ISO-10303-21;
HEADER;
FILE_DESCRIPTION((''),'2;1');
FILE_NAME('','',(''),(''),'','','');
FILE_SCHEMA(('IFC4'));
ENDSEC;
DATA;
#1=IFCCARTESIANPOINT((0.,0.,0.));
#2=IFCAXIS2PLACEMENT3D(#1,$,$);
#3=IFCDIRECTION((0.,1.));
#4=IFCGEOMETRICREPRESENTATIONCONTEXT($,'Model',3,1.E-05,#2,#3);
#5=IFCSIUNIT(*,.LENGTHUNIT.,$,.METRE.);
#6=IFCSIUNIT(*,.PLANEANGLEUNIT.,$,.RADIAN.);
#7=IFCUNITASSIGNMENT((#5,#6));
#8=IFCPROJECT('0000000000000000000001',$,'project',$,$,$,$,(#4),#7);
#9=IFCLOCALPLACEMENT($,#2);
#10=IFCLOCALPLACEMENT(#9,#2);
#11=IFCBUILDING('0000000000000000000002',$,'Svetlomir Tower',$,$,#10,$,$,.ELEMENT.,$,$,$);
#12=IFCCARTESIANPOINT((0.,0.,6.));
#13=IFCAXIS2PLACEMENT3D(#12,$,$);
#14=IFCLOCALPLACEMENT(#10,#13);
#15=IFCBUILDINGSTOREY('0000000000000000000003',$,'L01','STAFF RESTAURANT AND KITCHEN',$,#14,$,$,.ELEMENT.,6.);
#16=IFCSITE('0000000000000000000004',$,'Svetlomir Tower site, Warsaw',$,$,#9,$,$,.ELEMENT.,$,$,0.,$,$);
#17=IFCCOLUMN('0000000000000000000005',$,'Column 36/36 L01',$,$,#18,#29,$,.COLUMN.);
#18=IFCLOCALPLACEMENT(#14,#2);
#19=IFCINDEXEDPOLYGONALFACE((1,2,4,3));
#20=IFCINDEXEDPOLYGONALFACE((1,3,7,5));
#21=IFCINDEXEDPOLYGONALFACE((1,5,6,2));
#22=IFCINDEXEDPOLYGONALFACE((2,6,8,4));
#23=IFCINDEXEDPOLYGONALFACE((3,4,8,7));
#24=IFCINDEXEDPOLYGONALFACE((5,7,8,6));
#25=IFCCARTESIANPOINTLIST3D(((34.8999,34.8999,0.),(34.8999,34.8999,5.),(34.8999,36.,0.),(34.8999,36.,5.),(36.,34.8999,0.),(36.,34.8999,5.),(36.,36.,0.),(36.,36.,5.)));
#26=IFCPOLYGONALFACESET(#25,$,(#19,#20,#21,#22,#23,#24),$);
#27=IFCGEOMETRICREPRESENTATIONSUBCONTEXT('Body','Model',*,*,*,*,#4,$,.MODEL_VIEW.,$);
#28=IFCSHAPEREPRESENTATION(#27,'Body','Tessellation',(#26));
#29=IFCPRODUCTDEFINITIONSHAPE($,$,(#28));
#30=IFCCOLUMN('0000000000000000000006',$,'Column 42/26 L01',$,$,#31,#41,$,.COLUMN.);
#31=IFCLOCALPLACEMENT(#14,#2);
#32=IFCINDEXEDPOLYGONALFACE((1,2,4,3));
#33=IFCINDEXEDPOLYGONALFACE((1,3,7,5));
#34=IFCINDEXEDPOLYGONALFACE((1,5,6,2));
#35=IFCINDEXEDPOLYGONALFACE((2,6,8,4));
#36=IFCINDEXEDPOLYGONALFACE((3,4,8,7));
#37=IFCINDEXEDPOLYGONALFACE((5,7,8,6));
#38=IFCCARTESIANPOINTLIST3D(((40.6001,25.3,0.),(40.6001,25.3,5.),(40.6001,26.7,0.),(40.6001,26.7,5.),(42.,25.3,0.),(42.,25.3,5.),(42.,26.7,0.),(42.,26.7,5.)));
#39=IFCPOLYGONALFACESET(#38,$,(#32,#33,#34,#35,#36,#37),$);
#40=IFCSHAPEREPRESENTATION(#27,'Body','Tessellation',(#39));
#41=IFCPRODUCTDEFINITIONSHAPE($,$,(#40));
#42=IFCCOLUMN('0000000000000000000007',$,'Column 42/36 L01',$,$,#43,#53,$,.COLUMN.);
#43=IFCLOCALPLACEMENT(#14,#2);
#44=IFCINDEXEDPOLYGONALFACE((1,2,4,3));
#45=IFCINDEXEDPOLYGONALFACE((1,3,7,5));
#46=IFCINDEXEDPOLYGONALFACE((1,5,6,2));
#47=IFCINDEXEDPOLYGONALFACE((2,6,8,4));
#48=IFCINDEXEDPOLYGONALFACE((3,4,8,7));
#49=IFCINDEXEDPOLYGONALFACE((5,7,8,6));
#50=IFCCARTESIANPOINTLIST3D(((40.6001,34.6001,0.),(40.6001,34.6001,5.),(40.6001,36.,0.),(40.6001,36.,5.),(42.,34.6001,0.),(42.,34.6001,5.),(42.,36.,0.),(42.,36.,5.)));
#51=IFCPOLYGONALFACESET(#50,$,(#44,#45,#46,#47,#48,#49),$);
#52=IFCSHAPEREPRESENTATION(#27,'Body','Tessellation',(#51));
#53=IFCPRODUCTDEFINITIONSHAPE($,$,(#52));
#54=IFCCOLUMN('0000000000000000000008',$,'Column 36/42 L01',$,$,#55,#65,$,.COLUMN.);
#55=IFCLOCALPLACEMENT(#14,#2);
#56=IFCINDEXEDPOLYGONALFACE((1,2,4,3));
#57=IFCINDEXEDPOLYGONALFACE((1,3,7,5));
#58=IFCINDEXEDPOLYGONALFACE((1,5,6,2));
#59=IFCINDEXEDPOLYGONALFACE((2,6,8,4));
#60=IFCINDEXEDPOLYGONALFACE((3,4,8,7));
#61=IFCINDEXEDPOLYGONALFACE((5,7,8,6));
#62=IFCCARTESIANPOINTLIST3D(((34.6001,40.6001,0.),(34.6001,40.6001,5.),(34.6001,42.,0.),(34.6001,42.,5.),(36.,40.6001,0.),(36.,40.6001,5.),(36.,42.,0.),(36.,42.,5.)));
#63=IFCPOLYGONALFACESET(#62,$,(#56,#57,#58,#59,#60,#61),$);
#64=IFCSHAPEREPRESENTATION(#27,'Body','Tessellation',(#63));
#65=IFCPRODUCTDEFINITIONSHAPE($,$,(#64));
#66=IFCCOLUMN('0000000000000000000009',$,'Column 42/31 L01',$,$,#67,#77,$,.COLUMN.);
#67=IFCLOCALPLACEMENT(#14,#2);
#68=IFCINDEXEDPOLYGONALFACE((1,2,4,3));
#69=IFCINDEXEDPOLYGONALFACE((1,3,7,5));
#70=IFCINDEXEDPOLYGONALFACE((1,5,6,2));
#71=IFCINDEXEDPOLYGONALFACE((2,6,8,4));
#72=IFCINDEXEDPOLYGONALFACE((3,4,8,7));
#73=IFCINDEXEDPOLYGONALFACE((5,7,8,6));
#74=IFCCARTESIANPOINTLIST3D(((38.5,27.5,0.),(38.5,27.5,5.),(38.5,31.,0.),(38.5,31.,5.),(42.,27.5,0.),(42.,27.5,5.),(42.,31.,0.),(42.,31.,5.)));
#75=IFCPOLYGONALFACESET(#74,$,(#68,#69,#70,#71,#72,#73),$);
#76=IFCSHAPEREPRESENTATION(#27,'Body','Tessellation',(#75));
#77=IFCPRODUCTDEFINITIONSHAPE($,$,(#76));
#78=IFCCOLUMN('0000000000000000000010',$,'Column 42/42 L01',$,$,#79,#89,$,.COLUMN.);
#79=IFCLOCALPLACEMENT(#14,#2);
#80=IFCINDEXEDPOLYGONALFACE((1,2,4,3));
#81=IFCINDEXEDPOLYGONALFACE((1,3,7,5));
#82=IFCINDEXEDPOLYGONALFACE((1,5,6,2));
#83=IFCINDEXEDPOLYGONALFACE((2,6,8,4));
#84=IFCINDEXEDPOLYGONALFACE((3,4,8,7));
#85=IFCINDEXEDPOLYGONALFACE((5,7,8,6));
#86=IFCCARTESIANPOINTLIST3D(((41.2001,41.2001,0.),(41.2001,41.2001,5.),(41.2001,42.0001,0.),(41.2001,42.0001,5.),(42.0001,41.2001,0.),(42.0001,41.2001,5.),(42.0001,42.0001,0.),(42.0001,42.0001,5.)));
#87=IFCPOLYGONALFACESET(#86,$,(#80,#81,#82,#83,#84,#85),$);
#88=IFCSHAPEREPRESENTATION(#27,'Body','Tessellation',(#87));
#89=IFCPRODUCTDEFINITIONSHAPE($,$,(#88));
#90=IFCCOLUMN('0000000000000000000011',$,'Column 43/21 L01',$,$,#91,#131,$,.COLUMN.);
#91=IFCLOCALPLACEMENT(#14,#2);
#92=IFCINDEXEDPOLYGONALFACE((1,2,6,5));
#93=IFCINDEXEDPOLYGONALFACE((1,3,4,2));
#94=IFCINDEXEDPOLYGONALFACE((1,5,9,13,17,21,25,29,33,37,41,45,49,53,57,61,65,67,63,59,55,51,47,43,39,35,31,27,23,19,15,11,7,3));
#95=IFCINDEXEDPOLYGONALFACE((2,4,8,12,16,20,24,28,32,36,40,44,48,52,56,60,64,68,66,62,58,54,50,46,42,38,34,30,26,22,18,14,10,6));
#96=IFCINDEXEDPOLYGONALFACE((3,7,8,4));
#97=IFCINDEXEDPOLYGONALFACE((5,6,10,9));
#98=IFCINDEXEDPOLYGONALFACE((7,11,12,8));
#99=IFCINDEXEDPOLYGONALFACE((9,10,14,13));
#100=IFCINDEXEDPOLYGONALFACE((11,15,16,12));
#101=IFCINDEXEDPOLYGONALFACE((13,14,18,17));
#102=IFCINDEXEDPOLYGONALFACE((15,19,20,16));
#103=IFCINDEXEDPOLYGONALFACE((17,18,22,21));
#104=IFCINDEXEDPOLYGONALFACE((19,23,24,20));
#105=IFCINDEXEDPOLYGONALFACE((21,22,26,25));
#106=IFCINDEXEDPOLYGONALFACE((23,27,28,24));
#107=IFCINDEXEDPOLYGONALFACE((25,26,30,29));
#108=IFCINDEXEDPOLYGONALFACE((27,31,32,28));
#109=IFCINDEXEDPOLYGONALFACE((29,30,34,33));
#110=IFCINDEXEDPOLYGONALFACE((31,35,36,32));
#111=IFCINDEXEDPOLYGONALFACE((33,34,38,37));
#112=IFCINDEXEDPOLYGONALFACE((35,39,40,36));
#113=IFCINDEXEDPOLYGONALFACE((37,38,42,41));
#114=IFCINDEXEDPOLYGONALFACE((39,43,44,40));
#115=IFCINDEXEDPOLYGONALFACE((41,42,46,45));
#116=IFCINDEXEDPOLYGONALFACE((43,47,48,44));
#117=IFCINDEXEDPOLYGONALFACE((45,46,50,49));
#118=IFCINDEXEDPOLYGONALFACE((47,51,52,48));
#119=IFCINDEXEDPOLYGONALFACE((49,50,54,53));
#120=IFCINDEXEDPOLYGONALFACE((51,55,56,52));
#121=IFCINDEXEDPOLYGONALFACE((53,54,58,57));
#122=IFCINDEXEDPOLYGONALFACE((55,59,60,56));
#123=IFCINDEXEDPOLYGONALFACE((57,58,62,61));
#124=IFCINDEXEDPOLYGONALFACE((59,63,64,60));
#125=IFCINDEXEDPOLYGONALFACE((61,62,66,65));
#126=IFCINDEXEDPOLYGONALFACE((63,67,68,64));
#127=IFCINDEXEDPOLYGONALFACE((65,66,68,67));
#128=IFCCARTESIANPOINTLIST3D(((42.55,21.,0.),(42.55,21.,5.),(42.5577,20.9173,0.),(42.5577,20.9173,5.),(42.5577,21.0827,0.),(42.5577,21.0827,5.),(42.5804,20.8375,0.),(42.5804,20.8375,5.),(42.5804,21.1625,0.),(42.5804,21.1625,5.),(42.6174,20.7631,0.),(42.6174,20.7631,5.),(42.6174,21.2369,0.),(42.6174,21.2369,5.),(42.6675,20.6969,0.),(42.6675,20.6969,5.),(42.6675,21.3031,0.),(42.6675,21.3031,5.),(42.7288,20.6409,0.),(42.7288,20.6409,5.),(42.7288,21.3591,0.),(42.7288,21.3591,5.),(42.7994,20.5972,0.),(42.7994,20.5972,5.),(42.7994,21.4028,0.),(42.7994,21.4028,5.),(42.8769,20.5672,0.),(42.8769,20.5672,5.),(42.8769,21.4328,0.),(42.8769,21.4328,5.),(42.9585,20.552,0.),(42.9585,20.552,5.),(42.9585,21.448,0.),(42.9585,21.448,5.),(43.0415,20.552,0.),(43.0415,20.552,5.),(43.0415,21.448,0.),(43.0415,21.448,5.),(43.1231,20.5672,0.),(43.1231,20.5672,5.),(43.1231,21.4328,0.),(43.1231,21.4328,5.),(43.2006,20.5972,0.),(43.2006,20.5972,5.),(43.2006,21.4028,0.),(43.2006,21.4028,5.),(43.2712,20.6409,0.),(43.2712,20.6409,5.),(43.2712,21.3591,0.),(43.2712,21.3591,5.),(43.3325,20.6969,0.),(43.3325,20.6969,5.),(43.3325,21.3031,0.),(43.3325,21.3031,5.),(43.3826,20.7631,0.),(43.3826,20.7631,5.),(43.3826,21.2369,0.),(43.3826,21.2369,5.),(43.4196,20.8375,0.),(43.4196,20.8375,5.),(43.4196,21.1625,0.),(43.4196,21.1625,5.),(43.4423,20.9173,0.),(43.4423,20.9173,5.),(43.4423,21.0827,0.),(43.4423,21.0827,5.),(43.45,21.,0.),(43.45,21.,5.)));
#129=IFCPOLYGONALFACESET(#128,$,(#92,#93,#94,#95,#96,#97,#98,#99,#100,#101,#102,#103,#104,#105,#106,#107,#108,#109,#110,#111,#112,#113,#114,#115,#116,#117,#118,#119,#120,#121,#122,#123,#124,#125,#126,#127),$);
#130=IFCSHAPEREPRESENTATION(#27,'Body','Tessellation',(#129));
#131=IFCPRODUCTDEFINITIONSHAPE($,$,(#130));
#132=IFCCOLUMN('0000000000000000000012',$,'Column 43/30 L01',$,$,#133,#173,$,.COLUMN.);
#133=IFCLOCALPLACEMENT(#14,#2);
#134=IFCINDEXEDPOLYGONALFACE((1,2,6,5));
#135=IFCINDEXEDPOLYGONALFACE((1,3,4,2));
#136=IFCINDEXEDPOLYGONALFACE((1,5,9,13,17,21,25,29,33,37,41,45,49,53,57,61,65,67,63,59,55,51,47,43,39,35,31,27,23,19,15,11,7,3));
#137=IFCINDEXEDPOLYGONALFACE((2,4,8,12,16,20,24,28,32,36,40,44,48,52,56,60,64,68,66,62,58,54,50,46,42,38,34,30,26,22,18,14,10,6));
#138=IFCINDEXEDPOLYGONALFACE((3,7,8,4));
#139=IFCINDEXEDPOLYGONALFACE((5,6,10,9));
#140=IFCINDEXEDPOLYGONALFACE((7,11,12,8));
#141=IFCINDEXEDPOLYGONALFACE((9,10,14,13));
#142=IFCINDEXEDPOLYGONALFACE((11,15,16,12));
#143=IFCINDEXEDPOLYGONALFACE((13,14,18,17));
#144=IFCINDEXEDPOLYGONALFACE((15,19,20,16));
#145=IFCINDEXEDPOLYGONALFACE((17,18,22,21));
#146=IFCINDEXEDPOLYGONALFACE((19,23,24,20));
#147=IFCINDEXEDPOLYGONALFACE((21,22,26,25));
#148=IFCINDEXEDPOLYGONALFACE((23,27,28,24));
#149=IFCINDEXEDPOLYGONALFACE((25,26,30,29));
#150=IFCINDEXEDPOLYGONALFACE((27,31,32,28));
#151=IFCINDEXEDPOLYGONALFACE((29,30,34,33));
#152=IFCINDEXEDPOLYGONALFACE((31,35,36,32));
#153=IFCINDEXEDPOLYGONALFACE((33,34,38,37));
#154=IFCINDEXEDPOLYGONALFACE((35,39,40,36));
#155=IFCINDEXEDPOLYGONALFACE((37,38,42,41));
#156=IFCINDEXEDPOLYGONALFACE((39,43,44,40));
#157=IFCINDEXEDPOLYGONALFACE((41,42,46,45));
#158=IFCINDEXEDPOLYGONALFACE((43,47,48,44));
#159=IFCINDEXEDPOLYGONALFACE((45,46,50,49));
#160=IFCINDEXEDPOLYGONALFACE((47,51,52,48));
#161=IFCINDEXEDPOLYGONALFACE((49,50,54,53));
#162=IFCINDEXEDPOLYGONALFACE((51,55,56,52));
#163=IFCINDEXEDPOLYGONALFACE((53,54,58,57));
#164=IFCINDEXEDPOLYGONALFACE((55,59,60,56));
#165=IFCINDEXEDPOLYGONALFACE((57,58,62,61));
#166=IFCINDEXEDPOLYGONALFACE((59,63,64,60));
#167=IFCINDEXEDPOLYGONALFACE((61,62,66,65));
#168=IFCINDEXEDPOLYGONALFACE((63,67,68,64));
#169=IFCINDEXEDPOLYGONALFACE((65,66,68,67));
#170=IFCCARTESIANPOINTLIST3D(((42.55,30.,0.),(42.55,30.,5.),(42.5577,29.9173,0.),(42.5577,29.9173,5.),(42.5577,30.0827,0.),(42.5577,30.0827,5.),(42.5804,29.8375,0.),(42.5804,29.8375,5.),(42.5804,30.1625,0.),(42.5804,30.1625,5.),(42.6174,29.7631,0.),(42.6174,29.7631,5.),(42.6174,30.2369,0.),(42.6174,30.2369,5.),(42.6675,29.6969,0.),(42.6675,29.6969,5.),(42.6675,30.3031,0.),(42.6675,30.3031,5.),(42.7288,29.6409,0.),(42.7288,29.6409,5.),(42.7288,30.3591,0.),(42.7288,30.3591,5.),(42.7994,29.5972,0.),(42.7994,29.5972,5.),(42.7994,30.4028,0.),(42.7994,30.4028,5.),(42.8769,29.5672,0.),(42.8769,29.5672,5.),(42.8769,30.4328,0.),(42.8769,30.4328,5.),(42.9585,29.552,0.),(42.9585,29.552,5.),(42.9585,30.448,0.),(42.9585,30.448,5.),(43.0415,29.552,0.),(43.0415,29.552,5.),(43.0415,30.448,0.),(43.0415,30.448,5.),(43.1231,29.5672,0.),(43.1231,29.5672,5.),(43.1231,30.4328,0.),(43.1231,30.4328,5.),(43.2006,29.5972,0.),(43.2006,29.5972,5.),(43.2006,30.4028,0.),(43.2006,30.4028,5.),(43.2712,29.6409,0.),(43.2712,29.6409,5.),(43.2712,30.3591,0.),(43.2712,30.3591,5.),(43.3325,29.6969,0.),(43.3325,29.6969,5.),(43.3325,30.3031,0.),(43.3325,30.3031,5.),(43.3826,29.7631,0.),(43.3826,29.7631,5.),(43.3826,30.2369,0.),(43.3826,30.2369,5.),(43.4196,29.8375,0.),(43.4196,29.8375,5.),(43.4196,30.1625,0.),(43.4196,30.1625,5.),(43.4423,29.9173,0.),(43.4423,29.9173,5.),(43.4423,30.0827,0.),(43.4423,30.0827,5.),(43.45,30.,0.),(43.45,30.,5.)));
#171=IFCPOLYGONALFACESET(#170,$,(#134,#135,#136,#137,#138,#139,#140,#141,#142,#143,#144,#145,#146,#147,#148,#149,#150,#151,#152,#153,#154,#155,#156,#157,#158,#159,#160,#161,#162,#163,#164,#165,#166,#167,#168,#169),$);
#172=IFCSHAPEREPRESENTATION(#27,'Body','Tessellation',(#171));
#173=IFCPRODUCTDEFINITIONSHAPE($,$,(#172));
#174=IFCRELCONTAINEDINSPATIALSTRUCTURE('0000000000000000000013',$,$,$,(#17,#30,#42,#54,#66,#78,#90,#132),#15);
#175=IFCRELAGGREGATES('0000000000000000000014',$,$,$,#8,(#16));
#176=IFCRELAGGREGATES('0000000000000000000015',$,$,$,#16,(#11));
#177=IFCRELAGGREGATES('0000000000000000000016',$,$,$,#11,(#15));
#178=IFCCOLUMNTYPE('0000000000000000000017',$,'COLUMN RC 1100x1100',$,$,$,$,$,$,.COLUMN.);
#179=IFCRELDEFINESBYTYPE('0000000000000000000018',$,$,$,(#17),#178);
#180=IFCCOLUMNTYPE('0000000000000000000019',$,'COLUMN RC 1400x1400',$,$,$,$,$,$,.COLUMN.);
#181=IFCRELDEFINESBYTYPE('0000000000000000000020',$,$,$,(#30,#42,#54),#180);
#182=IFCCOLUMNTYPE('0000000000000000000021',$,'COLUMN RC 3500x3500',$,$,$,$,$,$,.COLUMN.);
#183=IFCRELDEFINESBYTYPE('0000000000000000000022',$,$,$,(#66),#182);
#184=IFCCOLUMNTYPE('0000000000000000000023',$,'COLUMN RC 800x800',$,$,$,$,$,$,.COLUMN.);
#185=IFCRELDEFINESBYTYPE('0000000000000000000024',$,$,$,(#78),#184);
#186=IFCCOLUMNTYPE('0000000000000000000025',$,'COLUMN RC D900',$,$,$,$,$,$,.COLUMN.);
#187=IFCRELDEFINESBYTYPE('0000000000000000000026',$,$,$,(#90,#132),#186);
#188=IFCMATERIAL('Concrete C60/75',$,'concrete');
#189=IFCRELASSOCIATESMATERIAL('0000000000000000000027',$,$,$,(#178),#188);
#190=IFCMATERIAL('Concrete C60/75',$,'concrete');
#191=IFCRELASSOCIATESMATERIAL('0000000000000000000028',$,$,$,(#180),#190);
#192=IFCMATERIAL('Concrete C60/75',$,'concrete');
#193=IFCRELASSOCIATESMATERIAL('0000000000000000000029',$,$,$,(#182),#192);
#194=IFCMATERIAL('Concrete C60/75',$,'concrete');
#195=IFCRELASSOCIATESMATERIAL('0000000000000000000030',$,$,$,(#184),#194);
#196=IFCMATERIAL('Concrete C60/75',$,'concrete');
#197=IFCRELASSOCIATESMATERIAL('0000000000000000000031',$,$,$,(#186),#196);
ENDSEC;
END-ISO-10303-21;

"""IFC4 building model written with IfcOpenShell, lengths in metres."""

from ifc_helpers import new_model, si_unit, direction, frame, origin, origin_2d, place, context, subcontext, project, spatial, rectangle, circle, extrude, material, material_profile, profile_set, type_object, element, save


model = new_model("IFC4")

# Units and contexts
model_context = context("Model", 3, precision=1e-05, world=origin(), true_north=direction((0.0, 1.0)))
body_context = subcontext(model_context, "Body", "Model", "MODEL_VIEW")
ifc_project = project(units=[si_unit("LENGTHUNIT", "METRE"), si_unit("PLANEANGLEUNIT", "RADIAN")], contexts=[model_context])

# Site, building, storey
site_placement = place(None, origin())
site = spatial("IfcSite", under=ifc_project, at=site_placement, Name="Svetlomir Tower site, Warsaw", CompositionType="ELEMENT", RefElevation=0.0)
building_placement = place(site_placement, origin())
building = spatial("IfcBuilding", under=site, at=building_placement, Name="Svetlomir Tower", CompositionType="ELEMENT")
storey_placement = place(building_placement, frame((0.0, 0.0, 6.0)))
storey = spatial("IfcBuildingStorey", under=building, at=storey_placement, Name="L01", Description="STAFF RESTAURANT AND KITCHEN", CompositionType="ELEMENT", Elevation=6.0)

# Columns
ifc_material_1 = material(Name="Concrete C60/75", Category="concrete")
ifc_material_profile_1 = material_profile(ifc_material_1, rectangle(XDim=1.1001, YDim=1.1001, at=origin_2d()), Name="RC 1100x1100")
ifc_profile_set_1 = profile_set([ifc_material_profile_1], Name="Concrete C60/75")
column_type_1 = type_object("IfcColumnType", Name="COLUMN RC 1100x1100", PredefinedType="COLUMN", material=ifc_profile_set_1)
column_1_placement = place(storey_placement, frame((35.45, 35.45, 0.0), z_axis=(0.0, 0.0, 1.0), x_axis=(1.0, 0.0, 0.0)))
element("IfcColumn", 1, at=column_1_placement, inside=storey, type_object=column_type_1, Name="Column 36/36 L01", PredefinedType="COLUMN", context=body_context, shape_type="SweptSolid", body=[
    extrude(rectangle(XDim=1.1001, YDim=1.1001, at=origin_2d()), origin(), (0.0, 0.0, 1.0), 5.0),
])
ifc_material_2 = material(Name="Concrete C60/75", Category="concrete")
ifc_material_profile_2 = material_profile(ifc_material_2, rectangle(XDim=1.3999, YDim=1.3999, at=origin_2d()), Name="RC 1400x1400")
ifc_profile_set_2 = profile_set([ifc_material_profile_2], Name="Concrete C60/75")
column_type_2 = type_object("IfcColumnType", Name="COLUMN RC 1400x1400", PredefinedType="COLUMN", material=ifc_profile_set_2)
for number, where, z_axis, x_axis, name in (
    (2, (41.3, 26.0, 0.0), (0.0, 0.0, 1.0), (1.0, 0.0, 0.0), "Column 42/26 L01"),
    (3, (41.3, 35.3, 0.0), (0.0, 0.0, 1.0), (1.0, 0.0, 0.0), "Column 42/36 L01"),
    (4, (35.3, 41.3, 0.0), (0.0, 0.0, 1.0), (1.0, 0.0, 0.0), "Column 36/42 L01"),
):
    element("IfcColumn", number, at=place(storey_placement, frame(where, z_axis=z_axis, x_axis=x_axis)), inside=storey, type_object=column_type_2, Name=name, PredefinedType="COLUMN", context=body_context, shape_type="SweptSolid", body=[
        extrude(rectangle(XDim=1.3999, YDim=1.3999, at=origin_2d()), origin(), (0.0, 0.0, 1.0), 5.0),
    ])
ifc_material_3 = material(Name="Concrete C60/75", Category="concrete")
ifc_material_profile_3 = material_profile(ifc_material_3, rectangle(XDim=3.5, YDim=3.5, at=origin_2d()), Name="RC 3500x3500")
ifc_profile_set_3 = profile_set([ifc_material_profile_3], Name="Concrete C60/75")
column_type_3 = type_object("IfcColumnType", Name="COLUMN RC 3500x3500", PredefinedType="COLUMN", material=ifc_profile_set_3)
column_2_placement = place(storey_placement, frame((40.25, 29.25, 0.0), z_axis=(0.0, 0.0, 1.0), x_axis=(1.0, 0.0, 0.0)))
element("IfcColumn", 5, at=column_2_placement, inside=storey, type_object=column_type_3, Name="Column 42/31 L01", PredefinedType="COLUMN", context=body_context, shape_type="SweptSolid", body=[
    extrude(rectangle(XDim=3.5, YDim=3.5, at=origin_2d()), origin(), (0.0, 0.0, 1.0), 5.0),
])
ifc_material_4 = material(Name="Concrete C60/75", Category="concrete")
ifc_material_profile_4 = material_profile(ifc_material_4, rectangle(XDim=0.8, YDim=0.8, at=origin_2d()), Name="RC 800x800")
ifc_profile_set_4 = profile_set([ifc_material_profile_4], Name="Concrete C60/75")
column_type_4 = type_object("IfcColumnType", Name="COLUMN RC 800x800", PredefinedType="COLUMN", material=ifc_profile_set_4)
column_3_placement = place(storey_placement, frame((41.6001, 41.6001, 0.0), z_axis=(0.0, 0.0, 1.0), x_axis=(1.0, 0.0, 0.0)))
element("IfcColumn", 6, at=column_3_placement, inside=storey, type_object=column_type_4, Name="Column 42/42 L01", PredefinedType="COLUMN", context=body_context, shape_type="SweptSolid", body=[
    extrude(rectangle(XDim=0.8, YDim=0.8, at=origin_2d()), origin(), (0.0, 0.0, 1.0), 5.0),
])
ifc_material_5 = material(Name="Concrete C60/75", Category="concrete")
ifc_material_profile_5 = material_profile(ifc_material_5, circle(Radius=0.45, at=origin_2d()), Name="RC D900")
ifc_profile_set_5 = profile_set([ifc_material_profile_5], Name="Concrete C60/75")
column_type_5 = type_object("IfcColumnType", Name="COLUMN RC D900", PredefinedType="COLUMN", material=ifc_profile_set_5)
for number, where, z_axis, x_axis, name in (
    (7, (43.0, 21.0, 0.0), (0.0, 0.0, 1.0), (1.0, 0.0, 0.0), "Column 43/21 L01"),
    (8, (43.0, 30.0, 0.0), (0.0, 0.0, 1.0), (1.0, 0.0, 0.0), "Column 43/30 L01"),
):
    element("IfcColumn", number, at=place(storey_placement, frame(where, z_axis=z_axis, x_axis=x_axis)), inside=storey, type_object=column_type_5, Name=name, PredefinedType="COLUMN", context=body_context, shape_type="SweptSolid", body=[
        extrude(circle(Radius=0.45, at=origin_2d()), origin(), (0.0, 0.0, 1.0), 5.0),
    ])

save(model, "model.ifc")
